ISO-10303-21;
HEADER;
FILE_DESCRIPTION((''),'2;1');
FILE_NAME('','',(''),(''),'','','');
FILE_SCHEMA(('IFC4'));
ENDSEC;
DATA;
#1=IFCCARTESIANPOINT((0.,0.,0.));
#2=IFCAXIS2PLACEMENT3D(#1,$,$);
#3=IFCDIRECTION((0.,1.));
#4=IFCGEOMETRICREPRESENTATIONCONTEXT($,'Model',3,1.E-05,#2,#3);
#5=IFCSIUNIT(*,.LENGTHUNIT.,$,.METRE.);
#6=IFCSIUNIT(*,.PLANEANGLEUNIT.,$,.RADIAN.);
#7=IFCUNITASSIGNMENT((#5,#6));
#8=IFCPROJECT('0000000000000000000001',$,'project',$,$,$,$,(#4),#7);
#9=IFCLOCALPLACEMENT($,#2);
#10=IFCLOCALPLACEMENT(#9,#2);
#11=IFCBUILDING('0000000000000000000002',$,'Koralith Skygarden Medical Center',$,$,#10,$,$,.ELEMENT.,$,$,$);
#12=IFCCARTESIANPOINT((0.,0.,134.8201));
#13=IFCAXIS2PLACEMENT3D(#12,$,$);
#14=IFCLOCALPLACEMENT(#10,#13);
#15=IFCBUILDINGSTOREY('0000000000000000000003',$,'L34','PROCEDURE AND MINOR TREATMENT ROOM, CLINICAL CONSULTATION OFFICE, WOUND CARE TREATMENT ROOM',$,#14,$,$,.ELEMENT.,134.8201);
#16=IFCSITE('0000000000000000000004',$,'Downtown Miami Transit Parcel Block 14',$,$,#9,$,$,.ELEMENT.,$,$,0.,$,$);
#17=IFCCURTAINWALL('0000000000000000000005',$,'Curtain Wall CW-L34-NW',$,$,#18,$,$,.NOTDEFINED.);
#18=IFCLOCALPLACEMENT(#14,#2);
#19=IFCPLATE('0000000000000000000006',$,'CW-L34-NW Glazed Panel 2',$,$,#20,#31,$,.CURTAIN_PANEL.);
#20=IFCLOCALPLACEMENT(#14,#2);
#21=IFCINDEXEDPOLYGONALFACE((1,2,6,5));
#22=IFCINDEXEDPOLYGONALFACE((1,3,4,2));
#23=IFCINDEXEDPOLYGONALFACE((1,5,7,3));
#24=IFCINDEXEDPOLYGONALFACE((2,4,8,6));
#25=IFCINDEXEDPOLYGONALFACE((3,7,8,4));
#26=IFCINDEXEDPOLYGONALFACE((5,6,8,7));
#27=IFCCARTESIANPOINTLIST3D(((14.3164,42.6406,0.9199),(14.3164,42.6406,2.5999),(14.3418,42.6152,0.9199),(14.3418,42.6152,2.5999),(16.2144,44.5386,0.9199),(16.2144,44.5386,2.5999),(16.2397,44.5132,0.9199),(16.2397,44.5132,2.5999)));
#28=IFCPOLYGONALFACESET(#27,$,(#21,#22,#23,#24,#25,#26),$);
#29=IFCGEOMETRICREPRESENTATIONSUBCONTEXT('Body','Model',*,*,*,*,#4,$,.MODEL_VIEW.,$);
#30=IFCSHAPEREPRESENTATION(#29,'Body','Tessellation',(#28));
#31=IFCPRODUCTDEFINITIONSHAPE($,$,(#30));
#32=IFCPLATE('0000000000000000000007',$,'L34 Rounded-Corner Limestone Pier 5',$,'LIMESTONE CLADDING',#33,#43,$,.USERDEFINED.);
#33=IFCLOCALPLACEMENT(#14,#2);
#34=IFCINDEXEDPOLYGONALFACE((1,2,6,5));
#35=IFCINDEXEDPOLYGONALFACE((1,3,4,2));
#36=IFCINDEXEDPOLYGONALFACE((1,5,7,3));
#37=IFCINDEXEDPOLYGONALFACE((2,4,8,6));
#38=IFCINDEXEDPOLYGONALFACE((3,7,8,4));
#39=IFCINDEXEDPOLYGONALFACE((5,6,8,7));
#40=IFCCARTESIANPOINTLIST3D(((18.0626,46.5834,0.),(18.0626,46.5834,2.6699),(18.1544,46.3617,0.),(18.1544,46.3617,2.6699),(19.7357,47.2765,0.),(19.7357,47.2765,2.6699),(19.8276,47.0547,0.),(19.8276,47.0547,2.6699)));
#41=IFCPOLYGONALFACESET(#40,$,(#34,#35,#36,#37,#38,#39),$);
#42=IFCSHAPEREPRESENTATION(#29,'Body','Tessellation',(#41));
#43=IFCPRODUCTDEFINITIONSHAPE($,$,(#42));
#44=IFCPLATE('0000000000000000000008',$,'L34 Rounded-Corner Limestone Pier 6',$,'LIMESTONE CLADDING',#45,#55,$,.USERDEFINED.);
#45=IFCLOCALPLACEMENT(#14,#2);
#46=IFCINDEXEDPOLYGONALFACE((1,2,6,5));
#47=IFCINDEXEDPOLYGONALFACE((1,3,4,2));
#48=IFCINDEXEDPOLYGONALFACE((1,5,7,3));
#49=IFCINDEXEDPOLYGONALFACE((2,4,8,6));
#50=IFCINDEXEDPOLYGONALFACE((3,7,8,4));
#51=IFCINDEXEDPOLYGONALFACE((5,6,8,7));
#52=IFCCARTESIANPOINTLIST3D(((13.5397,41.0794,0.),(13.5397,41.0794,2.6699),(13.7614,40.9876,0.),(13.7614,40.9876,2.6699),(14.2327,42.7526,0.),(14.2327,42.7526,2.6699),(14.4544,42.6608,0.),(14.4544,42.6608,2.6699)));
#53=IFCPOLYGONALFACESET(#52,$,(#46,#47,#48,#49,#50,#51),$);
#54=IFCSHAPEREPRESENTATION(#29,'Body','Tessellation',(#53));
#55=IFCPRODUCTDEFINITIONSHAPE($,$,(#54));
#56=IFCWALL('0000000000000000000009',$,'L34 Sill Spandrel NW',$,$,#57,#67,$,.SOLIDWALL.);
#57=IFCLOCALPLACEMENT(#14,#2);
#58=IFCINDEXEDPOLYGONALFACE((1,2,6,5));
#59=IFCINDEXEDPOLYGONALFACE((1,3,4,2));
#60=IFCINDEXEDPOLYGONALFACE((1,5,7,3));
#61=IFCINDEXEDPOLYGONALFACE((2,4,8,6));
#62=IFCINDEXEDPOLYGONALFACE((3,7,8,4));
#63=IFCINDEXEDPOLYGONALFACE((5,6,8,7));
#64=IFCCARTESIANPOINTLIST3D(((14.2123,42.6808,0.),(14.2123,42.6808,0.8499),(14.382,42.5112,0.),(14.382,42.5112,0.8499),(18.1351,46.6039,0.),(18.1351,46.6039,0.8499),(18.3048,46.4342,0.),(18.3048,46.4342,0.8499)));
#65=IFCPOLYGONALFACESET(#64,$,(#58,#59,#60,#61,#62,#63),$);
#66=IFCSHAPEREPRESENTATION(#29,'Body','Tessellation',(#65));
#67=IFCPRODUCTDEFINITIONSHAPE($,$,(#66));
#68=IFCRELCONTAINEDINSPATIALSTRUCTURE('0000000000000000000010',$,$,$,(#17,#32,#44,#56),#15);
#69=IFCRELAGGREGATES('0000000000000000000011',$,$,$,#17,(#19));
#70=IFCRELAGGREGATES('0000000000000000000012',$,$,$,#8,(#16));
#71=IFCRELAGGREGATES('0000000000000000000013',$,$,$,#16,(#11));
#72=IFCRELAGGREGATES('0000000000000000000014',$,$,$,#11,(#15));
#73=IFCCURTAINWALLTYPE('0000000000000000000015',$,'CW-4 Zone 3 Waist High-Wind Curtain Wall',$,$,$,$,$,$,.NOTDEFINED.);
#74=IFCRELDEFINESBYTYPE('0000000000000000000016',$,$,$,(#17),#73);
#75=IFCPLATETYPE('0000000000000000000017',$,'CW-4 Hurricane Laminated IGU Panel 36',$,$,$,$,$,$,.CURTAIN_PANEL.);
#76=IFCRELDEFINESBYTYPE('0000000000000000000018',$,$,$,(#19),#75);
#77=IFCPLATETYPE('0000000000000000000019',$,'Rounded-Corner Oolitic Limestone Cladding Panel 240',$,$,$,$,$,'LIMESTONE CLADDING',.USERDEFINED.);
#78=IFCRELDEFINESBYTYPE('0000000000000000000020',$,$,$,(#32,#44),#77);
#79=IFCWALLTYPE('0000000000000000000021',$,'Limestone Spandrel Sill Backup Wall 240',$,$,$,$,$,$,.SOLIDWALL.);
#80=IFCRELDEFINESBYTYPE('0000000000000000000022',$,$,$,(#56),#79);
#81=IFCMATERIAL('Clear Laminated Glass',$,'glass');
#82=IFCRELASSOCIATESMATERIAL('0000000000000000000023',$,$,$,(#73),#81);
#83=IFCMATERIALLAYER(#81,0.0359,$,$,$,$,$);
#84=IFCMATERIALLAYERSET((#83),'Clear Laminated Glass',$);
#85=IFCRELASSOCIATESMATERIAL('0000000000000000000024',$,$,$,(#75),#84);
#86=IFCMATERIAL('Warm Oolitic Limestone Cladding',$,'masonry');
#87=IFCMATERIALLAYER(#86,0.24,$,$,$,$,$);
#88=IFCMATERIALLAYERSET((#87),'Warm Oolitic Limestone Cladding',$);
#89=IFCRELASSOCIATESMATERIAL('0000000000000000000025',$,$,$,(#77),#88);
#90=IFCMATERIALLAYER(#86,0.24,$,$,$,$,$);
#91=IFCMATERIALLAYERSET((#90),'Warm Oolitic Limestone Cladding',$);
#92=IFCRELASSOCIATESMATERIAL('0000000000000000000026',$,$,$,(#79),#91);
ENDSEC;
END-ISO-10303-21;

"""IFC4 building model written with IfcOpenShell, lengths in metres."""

from ifc_helpers import new_model, si_unit, direction, frame, frame_2d, origin, origin_2d, place, context, subcontext, project, spatial, rectangle, extrude, material, layer, layer_set, type_object, element, aggregate, save


model = new_model("IFC4")

# Units and contexts
model_context = context("Model", 3, precision=1e-05, world=origin(), true_north=direction((0.0, 1.0)))
body_context = subcontext(model_context, "Body", "Model", "MODEL_VIEW")
ifc_project = project(units=[si_unit("LENGTHUNIT", "METRE"), si_unit("PLANEANGLEUNIT", "RADIAN")], contexts=[model_context])

# Site, building, storey
site_placement = place(None, origin())
site = spatial("IfcSite", under=ifc_project, at=site_placement, Name="Downtown Miami Transit Parcel Block 14", CompositionType="ELEMENT", RefElevation=0.0)
building_placement = place(site_placement, origin())
building = spatial("IfcBuilding", under=site, at=building_placement, Name="Koralith Skygarden Medical Center", CompositionType="ELEMENT")
storey_placement = place(building_placement, frame((0.0, 0.0, 134.8201)))
storey = spatial("IfcBuildingStorey", under=building, at=storey_placement, Name="L34", Description="PROCEDURE AND MINOR TREATMENT ROOM, CLINICAL CONSULTATION OFFICE, WOUND CARE TREATMENT ROOM", CompositionType="ELEMENT", Elevation=134.8201)

# Shared definitions
ifc_material_1 = material(Name="Clear Laminated Glass", Category="glass")
curtain_wall_type = type_object("IfcCurtainWallType", Name="CW-4 Zone 3 Waist High-Wind Curtain Wall", PredefinedType="NOTDEFINED", material=ifc_material_1)

# Curtain wall
curtain_wall_1_placement = place(storey_placement, origin())
curtain_wall_1 = element("IfcCurtainWall", 1, at=curtain_wall_1_placement, inside=storey, type_object=curtain_wall_type, Name="Curtain Wall CW-L34-NW", PredefinedType="NOTDEFINED")

# Plate
ifc_layer_1 = layer(ifc_material_1, 0.0359)
ifc_layer_set_1 = layer_set([ifc_layer_1], Name="Clear Laminated Glass")
plate_type_1 = type_object("IfcPlateType", Name="CW-4 Hurricane Laminated IGU Panel 36", PredefinedType="CURTAIN_PANEL", material=ifc_layer_set_1)
plate_1_placement = place(storey_placement, frame((15.2781, 43.5769, 0.9199), z_axis=(0.0, 0.0, 1.0), x_axis=(-0.707107, -0.707107, 0.0)))
plate_1 = element("IfcPlate", 2, at=plate_1_placement, type_object=plate_type_1, Name="CW-L34-NW Glazed Panel 2", PredefinedType="CURTAIN_PANEL", context=body_context, shape_type="SweptSolid", body=[
    extrude(rectangle(XDim=2.6841, YDim=0.0359, at=origin_2d()), origin(), (0.0, 0.0, 1.0), 1.6799),
])
aggregate(curtain_wall_1, [plate_1])

# Plates
ifc_material_2 = material(Name="Warm Oolitic Limestone Cladding", Category="masonry")
ifc_layer_2 = layer(ifc_material_2, 0.24)
ifc_layer_set_2 = layer_set([ifc_layer_2], Name="Warm Oolitic Limestone Cladding")
plate_type_2 = type_object("IfcPlateType", Name="Rounded-Corner Oolitic Limestone Cladding Panel 240", ElementType="LIMESTONE CLADDING", PredefinedType="USERDEFINED", material=ifc_layer_set_2)
for number, where, z_axis, x_axis, name in (
    (3, (18.9451, 46.8191, 0.0), (0.0, 0.0, 1.0), (-0.923885, -0.382671, 0.0), "L34 Rounded-Corner Limestone Pier 5"),
    (4, (13.9971, 41.8701, 0.0), (0.0, 0.0, 1.0), (-0.382671, -0.923885, 0.0), "L34 Rounded-Corner Limestone Pier 6"),
):
    element("IfcPlate", number, at=place(storey_placement, frame(where, z_axis=z_axis, x_axis=x_axis)), inside=storey, type_object=plate_type_2, Name=name, ObjectType="LIMESTONE CLADDING", PredefinedType="USERDEFINED", context=body_context, shape_type="SweptSolid", body=[
        extrude(rectangle(XDim=1.811, YDim=0.24, at=origin_2d()), origin(), (0.0, 0.0, 1.0), 2.6699),
    ])

# Wall
ifc_layer_3 = layer(ifc_material_2, 0.24)
ifc_layer_set_3 = layer_set([ifc_layer_3], Name="Warm Oolitic Limestone Cladding")
wall_type = type_object("IfcWallType", Name="Limestone Spandrel Sill Backup Wall 240", PredefinedType="SOLIDWALL", material=ifc_layer_set_3)
wall_placement = place(storey_placement, frame((18.22, 46.519, 0.0), z_axis=(0.0, 0.0, 1.0), x_axis=(-0.707085, -0.707129, 0.0)))
element("IfcWall", 5, at=wall_placement, inside=storey, type_object=wall_type, Name="L34 Sill Spandrel NW", PredefinedType="SOLIDWALL", context=body_context, shape_type="SweptSolid", body=[
    extrude(rectangle(XDim=5.5479, YDim=0.24, at=frame_2d((2.7739, 0.0))), origin(), (0.0, 0.0, 1.0), 0.8499),
])

save(model, "model.ifc")
